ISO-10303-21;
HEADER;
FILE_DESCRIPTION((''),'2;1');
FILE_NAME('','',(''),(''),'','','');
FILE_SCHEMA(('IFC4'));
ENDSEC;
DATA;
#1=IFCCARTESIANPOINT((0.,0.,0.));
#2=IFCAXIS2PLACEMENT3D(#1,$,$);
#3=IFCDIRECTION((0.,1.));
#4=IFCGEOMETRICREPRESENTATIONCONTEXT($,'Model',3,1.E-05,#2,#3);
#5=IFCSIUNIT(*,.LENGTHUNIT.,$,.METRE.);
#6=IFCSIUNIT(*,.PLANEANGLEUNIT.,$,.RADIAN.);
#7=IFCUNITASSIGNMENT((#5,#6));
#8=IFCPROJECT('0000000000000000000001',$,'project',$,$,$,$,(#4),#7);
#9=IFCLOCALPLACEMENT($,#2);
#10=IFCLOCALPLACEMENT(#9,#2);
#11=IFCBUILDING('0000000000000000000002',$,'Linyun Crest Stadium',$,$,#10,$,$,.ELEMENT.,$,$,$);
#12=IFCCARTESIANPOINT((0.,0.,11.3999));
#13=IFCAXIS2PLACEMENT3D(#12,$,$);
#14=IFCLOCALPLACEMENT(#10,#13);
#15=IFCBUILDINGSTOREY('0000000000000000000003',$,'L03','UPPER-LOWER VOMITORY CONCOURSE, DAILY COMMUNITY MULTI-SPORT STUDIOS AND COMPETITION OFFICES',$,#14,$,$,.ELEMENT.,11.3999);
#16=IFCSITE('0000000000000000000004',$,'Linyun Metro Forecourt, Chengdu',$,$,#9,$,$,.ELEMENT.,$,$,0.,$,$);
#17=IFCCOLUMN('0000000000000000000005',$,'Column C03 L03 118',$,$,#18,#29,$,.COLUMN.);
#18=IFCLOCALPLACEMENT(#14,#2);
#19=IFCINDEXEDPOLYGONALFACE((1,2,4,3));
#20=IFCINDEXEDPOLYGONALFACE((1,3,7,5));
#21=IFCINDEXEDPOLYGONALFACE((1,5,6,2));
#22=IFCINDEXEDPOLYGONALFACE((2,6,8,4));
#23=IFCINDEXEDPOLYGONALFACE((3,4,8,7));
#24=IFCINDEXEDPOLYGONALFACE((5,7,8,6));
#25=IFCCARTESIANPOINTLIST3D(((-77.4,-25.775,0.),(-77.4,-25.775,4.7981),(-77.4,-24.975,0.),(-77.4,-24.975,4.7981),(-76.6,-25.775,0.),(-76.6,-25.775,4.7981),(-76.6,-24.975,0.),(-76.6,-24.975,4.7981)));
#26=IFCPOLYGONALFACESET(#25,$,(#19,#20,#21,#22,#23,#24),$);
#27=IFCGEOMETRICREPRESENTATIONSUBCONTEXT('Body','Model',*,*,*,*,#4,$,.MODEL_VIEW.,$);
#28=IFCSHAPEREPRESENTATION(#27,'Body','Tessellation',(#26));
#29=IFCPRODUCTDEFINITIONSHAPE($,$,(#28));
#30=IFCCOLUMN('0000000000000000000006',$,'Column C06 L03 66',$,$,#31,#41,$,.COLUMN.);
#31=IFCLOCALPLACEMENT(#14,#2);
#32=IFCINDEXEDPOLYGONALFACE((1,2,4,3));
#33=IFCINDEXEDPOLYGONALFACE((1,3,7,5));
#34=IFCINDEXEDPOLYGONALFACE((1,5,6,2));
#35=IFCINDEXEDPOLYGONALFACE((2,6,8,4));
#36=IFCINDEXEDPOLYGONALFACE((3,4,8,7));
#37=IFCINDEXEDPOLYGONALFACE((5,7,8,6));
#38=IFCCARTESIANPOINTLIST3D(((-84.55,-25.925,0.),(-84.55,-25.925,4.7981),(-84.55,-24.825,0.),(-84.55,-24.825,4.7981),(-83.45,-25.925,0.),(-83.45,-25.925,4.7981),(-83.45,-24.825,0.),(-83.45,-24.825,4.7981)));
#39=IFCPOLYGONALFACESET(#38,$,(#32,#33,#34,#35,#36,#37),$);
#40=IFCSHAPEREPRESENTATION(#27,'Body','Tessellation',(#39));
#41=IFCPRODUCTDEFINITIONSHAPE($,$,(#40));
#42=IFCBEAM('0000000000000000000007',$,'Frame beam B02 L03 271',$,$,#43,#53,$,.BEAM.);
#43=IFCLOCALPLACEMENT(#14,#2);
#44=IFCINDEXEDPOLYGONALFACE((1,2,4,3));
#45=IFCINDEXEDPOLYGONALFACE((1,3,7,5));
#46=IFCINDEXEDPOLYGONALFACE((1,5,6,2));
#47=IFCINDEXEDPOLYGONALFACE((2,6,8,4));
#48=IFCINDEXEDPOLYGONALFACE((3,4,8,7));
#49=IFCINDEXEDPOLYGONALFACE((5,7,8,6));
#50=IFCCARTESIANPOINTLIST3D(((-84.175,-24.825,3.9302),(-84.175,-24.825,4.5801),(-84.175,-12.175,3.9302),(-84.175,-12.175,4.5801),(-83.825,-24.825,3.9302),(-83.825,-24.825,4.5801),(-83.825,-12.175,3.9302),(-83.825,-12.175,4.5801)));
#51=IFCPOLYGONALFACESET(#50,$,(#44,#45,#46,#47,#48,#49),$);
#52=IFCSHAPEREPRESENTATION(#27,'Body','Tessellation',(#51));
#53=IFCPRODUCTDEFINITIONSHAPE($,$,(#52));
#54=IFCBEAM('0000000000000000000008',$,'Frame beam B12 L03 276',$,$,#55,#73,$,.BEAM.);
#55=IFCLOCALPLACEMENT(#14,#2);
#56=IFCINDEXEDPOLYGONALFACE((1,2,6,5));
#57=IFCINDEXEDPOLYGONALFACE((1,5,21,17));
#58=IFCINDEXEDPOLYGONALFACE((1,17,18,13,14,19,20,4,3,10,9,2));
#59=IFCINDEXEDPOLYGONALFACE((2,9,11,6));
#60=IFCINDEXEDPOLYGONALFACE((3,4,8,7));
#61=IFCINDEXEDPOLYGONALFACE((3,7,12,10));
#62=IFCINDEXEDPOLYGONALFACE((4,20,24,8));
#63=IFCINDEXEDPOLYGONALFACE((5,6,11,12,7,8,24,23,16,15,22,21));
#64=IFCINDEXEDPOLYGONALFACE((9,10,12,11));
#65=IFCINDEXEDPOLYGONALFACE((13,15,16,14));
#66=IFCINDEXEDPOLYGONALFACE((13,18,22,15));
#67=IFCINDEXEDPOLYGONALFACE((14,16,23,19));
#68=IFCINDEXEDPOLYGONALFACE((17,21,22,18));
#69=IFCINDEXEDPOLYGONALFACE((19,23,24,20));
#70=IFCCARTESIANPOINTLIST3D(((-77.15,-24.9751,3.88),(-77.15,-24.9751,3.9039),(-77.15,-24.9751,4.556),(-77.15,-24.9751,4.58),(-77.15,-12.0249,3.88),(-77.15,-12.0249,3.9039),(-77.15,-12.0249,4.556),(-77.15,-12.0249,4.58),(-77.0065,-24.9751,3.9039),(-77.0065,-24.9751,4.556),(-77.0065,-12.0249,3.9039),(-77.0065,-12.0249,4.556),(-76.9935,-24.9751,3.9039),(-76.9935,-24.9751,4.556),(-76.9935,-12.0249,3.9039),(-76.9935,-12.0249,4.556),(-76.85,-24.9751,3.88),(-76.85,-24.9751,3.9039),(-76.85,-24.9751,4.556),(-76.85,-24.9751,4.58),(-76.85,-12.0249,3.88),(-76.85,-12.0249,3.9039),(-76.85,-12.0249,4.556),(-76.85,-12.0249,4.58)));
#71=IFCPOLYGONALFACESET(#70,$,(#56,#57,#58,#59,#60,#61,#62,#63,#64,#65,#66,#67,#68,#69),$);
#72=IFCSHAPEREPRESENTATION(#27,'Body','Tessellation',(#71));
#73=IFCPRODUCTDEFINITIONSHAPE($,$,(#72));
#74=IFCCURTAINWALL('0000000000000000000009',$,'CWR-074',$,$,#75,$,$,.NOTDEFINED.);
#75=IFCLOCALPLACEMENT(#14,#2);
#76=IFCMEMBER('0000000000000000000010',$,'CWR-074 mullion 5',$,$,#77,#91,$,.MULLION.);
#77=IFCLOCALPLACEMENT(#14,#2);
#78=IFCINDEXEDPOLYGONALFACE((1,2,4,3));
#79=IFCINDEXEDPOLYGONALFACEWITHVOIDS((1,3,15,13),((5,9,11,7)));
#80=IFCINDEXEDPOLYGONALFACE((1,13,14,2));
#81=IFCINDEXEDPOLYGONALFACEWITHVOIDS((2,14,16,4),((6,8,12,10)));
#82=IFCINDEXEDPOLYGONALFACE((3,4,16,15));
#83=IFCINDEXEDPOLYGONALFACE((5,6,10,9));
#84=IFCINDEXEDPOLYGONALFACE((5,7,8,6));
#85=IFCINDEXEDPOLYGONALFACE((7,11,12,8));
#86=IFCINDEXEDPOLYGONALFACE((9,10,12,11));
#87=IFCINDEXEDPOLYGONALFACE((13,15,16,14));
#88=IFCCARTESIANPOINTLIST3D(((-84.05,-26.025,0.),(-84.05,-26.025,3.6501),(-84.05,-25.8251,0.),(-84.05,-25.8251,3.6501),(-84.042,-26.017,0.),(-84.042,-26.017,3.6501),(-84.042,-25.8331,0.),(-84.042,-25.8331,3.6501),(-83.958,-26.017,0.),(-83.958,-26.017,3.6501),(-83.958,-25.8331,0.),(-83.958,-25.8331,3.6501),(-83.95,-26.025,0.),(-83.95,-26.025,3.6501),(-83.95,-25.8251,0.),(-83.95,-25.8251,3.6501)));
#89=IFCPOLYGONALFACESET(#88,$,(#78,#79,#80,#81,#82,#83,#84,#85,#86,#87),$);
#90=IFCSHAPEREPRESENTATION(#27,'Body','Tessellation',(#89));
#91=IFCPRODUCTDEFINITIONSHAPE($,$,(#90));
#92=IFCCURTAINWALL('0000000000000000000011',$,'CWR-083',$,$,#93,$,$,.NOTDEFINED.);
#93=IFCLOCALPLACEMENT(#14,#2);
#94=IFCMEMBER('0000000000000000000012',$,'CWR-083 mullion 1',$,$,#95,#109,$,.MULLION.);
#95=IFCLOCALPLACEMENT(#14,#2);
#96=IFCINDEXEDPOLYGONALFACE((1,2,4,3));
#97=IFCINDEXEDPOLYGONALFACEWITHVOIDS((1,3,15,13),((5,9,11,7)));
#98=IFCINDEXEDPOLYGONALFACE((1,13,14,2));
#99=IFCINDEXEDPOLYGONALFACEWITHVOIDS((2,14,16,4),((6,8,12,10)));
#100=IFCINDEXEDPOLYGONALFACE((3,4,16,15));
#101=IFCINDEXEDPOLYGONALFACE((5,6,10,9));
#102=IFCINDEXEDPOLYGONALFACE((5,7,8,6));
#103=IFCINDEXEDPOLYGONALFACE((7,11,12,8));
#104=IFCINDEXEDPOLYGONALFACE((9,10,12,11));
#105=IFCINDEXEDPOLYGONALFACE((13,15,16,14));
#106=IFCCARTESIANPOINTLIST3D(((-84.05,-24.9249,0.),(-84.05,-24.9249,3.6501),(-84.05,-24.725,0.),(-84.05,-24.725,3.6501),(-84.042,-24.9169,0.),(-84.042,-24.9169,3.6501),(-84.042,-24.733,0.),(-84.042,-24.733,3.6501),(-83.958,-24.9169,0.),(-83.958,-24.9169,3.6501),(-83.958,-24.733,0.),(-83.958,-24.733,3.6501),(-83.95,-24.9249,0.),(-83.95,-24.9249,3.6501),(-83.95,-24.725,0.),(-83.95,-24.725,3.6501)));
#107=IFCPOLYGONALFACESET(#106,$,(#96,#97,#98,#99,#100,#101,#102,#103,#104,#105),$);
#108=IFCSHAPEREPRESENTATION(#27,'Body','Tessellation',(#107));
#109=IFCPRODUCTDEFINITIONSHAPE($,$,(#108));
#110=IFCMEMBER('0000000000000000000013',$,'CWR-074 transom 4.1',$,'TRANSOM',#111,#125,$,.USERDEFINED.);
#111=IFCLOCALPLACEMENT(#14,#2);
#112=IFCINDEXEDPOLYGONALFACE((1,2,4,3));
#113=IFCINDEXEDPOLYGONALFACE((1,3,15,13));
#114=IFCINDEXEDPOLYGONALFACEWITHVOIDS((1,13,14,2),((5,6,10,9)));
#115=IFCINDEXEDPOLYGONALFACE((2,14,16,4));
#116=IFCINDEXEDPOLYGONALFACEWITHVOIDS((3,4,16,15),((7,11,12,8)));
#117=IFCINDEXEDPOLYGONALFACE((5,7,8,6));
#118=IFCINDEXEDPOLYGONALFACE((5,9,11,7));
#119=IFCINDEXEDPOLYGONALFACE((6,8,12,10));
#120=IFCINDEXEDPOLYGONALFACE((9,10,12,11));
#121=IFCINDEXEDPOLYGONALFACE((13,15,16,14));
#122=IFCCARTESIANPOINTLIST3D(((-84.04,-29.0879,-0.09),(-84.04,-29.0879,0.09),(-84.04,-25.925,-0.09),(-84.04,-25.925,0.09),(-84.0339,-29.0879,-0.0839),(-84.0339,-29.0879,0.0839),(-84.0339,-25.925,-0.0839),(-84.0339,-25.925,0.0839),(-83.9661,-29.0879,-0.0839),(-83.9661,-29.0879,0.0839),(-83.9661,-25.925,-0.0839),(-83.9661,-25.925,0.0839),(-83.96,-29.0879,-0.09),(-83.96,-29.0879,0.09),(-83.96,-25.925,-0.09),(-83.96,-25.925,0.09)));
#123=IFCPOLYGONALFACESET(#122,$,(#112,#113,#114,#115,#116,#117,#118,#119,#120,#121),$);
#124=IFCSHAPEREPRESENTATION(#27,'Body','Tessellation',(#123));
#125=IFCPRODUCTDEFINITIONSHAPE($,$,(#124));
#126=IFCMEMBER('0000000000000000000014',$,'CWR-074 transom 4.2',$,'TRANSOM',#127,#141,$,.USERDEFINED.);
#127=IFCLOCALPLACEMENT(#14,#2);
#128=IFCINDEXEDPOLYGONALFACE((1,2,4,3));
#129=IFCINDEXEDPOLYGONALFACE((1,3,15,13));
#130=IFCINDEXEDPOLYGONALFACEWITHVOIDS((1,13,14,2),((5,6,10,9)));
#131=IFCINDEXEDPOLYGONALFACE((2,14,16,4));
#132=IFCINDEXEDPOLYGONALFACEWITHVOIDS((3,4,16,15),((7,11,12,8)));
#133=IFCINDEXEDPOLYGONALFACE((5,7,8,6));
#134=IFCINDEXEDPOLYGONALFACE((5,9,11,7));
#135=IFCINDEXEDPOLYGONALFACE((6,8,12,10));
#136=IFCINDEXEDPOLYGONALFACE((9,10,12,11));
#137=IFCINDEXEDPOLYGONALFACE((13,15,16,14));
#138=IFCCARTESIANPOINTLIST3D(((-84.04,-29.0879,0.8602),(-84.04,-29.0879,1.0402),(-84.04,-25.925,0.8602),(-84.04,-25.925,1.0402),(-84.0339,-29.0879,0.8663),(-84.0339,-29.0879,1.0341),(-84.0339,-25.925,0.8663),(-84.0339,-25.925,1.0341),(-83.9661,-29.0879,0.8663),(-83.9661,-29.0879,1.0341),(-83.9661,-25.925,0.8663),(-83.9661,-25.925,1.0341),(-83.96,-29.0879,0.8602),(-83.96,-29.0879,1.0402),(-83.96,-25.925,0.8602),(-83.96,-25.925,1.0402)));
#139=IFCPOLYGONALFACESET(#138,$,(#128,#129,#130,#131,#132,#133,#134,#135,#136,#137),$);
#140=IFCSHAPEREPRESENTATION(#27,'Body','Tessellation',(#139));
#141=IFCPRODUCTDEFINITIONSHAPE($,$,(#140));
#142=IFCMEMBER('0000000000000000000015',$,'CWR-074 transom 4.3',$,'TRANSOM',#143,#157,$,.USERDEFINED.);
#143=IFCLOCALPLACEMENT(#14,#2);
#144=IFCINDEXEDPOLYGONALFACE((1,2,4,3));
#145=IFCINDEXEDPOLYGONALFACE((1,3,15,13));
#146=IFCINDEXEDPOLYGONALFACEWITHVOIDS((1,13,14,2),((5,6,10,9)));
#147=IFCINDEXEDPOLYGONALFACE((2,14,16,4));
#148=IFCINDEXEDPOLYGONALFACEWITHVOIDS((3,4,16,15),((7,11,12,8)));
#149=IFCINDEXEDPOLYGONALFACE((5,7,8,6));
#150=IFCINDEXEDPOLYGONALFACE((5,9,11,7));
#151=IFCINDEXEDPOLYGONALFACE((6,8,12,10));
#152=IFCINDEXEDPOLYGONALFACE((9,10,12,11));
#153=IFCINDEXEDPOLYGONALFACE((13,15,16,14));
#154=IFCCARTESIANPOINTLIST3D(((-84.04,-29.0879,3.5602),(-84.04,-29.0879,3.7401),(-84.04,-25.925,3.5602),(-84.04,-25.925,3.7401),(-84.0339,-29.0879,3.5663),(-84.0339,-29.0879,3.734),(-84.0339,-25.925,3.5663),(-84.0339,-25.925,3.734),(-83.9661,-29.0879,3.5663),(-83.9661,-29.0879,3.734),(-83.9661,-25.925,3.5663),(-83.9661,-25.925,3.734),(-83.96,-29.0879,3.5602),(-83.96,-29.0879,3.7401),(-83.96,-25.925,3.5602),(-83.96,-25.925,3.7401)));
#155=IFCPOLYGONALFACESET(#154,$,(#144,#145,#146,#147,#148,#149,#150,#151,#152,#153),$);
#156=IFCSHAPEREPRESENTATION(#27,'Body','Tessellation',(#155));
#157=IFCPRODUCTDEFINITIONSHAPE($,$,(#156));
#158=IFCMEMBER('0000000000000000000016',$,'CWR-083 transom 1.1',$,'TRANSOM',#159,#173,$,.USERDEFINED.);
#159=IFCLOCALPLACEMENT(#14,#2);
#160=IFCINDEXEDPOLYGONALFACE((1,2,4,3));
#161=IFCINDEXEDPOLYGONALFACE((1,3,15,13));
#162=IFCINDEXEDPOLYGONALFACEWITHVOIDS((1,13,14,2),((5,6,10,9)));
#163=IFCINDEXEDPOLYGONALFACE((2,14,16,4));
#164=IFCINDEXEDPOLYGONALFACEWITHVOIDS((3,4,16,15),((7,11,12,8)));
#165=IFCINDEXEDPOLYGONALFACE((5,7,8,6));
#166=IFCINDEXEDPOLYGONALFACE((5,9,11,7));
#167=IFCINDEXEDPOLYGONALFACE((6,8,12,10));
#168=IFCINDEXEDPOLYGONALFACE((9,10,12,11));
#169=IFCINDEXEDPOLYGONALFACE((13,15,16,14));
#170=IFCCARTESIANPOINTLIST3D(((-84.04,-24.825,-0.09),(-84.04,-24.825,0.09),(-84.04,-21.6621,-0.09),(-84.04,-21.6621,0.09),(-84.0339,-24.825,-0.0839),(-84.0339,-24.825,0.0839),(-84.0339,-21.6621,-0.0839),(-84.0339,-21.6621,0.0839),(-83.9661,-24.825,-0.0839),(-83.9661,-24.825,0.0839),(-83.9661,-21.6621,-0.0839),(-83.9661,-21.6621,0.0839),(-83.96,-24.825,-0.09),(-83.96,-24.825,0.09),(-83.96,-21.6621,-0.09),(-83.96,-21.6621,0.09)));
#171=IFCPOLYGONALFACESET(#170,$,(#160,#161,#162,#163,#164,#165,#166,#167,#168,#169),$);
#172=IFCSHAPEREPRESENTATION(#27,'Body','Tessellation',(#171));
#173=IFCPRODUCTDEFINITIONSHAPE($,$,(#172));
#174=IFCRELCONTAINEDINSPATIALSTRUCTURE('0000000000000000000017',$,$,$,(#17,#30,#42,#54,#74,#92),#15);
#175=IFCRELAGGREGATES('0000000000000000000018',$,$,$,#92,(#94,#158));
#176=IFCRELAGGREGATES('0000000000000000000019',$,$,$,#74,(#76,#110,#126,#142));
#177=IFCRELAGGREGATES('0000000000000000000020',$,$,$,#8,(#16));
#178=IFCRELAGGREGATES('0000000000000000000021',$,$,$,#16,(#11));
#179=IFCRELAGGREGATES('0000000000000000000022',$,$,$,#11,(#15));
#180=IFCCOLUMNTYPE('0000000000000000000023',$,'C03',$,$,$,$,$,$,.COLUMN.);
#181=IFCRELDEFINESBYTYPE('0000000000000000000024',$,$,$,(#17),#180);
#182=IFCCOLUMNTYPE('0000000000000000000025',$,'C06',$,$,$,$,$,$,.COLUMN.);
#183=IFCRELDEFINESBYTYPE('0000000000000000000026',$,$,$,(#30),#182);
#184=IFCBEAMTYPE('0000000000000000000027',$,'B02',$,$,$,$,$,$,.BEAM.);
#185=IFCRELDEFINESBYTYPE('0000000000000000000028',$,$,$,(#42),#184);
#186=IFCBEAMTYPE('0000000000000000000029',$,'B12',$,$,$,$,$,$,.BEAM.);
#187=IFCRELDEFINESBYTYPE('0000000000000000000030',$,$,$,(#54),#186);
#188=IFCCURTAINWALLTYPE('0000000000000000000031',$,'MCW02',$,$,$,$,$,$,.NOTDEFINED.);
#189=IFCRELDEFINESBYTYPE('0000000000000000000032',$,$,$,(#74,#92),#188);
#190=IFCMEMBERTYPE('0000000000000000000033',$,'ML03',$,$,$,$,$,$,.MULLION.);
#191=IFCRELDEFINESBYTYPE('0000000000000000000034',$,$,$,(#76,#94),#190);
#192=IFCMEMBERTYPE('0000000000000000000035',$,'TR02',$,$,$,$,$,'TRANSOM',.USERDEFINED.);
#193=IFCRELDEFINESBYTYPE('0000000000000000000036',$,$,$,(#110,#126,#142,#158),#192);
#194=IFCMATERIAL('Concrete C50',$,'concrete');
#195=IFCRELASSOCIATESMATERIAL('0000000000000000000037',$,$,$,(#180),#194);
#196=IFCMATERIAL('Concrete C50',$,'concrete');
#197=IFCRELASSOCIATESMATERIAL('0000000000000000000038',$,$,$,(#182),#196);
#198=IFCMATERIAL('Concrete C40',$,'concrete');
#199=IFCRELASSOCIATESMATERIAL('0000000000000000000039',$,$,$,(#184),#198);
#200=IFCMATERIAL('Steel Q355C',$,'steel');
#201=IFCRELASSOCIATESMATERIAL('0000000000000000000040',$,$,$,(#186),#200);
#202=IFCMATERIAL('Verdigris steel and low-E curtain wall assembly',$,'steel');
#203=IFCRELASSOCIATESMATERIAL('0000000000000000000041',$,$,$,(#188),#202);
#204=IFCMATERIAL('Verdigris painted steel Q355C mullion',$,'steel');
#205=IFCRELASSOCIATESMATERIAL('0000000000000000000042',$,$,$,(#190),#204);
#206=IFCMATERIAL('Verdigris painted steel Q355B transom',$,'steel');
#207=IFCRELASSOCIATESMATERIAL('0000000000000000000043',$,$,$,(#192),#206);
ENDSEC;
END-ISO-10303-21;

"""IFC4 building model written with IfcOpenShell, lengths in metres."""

from ifc_helpers import new_model, si_unit, direction, frame, origin, origin_2d, place, context, subcontext, project, spatial, rectangle, hollow_rectangle, i_section, extrude, material, material_profile, profile_set, type_object, element, aggregate, save


model = new_model("IFC4")

# Units and contexts
model_context = context("Model", 3, precision=1e-05, world=origin(), true_north=direction((0.0, 1.0)))
body_context = subcontext(model_context, "Body", "Model", "MODEL_VIEW")
ifc_project = project(units=[si_unit("LENGTHUNIT", "METRE"), si_unit("PLANEANGLEUNIT", "RADIAN")], contexts=[model_context])

# Site, building, storey
site_placement = place(None, origin())
site = spatial("IfcSite", under=ifc_project, at=site_placement, Name="Linyun Metro Forecourt, Chengdu", CompositionType="ELEMENT", RefElevation=0.0)
building_placement = place(site_placement, origin())
building = spatial("IfcBuilding", under=site, at=building_placement, Name="Linyun Crest Stadium", CompositionType="ELEMENT")
storey_placement = place(building_placement, frame((0.0, 0.0, 11.3999)))
storey = spatial("IfcBuildingStorey", under=building, at=storey_placement, Name="L03", Description="UPPER-LOWER VOMITORY CONCOURSE, DAILY COMMUNITY MULTI-SPORT STUDIOS AND COMPETITION OFFICES", CompositionType="ELEMENT", Elevation=11.3999)

# Columns
ifc_material_1 = material(Name="Concrete C50", Category="concrete")
ifc_material_profile_1 = material_profile(ifc_material_1, rectangle(XDim=0.8, YDim=0.8, at=origin_2d()), Name="RC 800x800")
ifc_profile_set_1 = profile_set([ifc_material_profile_1], Name="Concrete C50")
column_type_1 = type_object("IfcColumnType", Name="C03", PredefinedType="COLUMN", material=ifc_profile_set_1)
column_1_placement = place(storey_placement, frame((-77.0, -25.375, 0.0), z_axis=(0.0, 0.0, 1.0), x_axis=(1.0, 0.0, 0.0)))
element("IfcColumn", 1, at=column_1_placement, inside=storey, type_object=column_type_1, Name="Column C03 L03 118", PredefinedType="COLUMN", context=body_context, shape_type="SweptSolid", body=[
    extrude(rectangle(XDim=0.8, YDim=0.8, at=origin_2d()), origin(), (0.0, 0.0, 1.0), 4.7981),
])
ifc_material_2 = material(Name="Concrete C50", Category="concrete")
ifc_material_profile_2 = material_profile(ifc_material_2, rectangle(XDim=1.1001, YDim=1.1001, at=origin_2d()), Name="RC 1100x1100")
ifc_profile_set_2 = profile_set([ifc_material_profile_2], Name="Concrete C50")
column_type_2 = type_object("IfcColumnType", Name="C06", PredefinedType="COLUMN", material=ifc_profile_set_2)
column_2_placement = place(storey_placement, frame((-84.0, -25.375, 0.0), z_axis=(0.0, 0.0, 1.0), x_axis=(1.0, 0.0, 0.0)))
element("IfcColumn", 2, at=column_2_placement, inside=storey, type_object=column_type_2, Name="Column C06 L03 66", PredefinedType="COLUMN", context=body_context, shape_type="SweptSolid", body=[
    extrude(rectangle(XDim=1.1001, YDim=1.1001, at=origin_2d()), origin(), (0.0, 0.0, 1.0), 4.7981),
])

# Beams
ifc_material_3 = material(Name="Concrete C40", Category="concrete")
ifc_material_profile_3 = material_profile(ifc_material_3, rectangle(XDim=0.3501, YDim=0.6499, at=origin_2d()), Name="RCB 650x350")
ifc_profile_set_3 = profile_set([ifc_material_profile_3], Name="Concrete C40")
beam_type_1 = type_object("IfcBeamType", Name="B02", PredefinedType="BEAM", material=ifc_profile_set_3)
beam_1_placement = place(storey_placement, frame((-84.0, -24.825, 4.2551), z_axis=(0.0, 1.0, 0.0), x_axis=(-1.0, 0.0, 0.0)))
element("IfcBeam", 3, at=beam_1_placement, inside=storey, type_object=beam_type_1, Name="Frame beam B02 L03 271", PredefinedType="BEAM", context=body_context, shape_type="SweptSolid", body=[
    extrude(rectangle(XDim=0.3501, YDim=0.6499, at=origin_2d()), origin(), (0.0, 0.0, 1.0), 12.6499),
])
ifc_material_4 = material(Name="Steel Q355C", Category="steel")
ifc_material_profile_4 = material_profile(ifc_material_4, i_section(OverallWidth=0.3, OverallDepth=0.7, WebThickness=0.0129, FlangeThickness=0.0239, at=origin_2d()), Name="HN 700x300")
ifc_profile_set_4 = profile_set([ifc_material_profile_4], Name="Steel Q355C")
beam_type_2 = type_object("IfcBeamType", Name="B12", PredefinedType="BEAM", material=ifc_profile_set_4)
beam_2_placement = place(storey_placement, frame((-77.0, -24.9751, 4.23), z_axis=(0.0, 1.0, 0.0), x_axis=(-1.0, 0.0, 0.0)))
element("IfcBeam", 4, at=beam_2_placement, inside=storey, type_object=beam_type_2, Name="Frame beam B12 L03 276", PredefinedType="BEAM", context=body_context, shape_type="SweptSolid", body=[
    extrude(i_section(OverallWidth=0.3, OverallDepth=0.7, WebThickness=0.0129, FlangeThickness=0.0239, at=origin_2d()), origin(), (0.0, 0.0, 1.0), 12.9502),
])

# Curtain walls, members
ifc_material_5 = material(Name="Verdigris steel and low-E curtain wall assembly", Category="steel")
curtain_wall_type = type_object("IfcCurtainWallType", Name="MCW02", PredefinedType="NOTDEFINED", material=ifc_material_5)
curtain_wall_1_placement = place(storey_placement, origin())
curtain_wall_1 = element("IfcCurtainWall", 5, at=curtain_wall_1_placement, inside=storey, type_object=curtain_wall_type, Name="CWR-074", PredefinedType="NOTDEFINED")
ifc_material_6 = material(Name="Verdigris painted steel Q355C mullion", Category="steel")
ifc_material_profile_5 = material_profile(ifc_material_6, hollow_rectangle(XDim=0.1001, YDim=0.2, WallThickness=0.0081, at=origin_2d()), Name="RHS 200x100x8")
ifc_profile_set_5 = profile_set([ifc_material_profile_5], Name="Verdigris painted steel Q355C mullion")
member_type_1 = type_object("IfcMemberType", Name="ML03", PredefinedType="MULLION", material=ifc_profile_set_5)
member_1_placement = place(storey_placement, frame((-84.0, -25.925, 0.0), z_axis=(0.0, 0.0, 1.0), x_axis=(-1.0, 0.0, 0.0)))
member_1 = element("IfcMember", 6, at=member_1_placement, type_object=member_type_1, Name="CWR-074 mullion 5", PredefinedType="MULLION", context=body_context, shape_type="SweptSolid", body=[
    extrude(hollow_rectangle(XDim=0.1001, YDim=0.2, WallThickness=0.0081, at=origin_2d()), origin(), (0.0, 0.0, 1.0), 3.6501),
])
curtain_wall_2_placement = place(storey_placement, origin())
curtain_wall_2 = element("IfcCurtainWall", 7, at=curtain_wall_2_placement, inside=storey, type_object=curtain_wall_type, Name="CWR-083", PredefinedType="NOTDEFINED")
member_2_placement = place(storey_placement, frame((-84.0, -24.825, 0.0), z_axis=(0.0, 0.0, 1.0), x_axis=(-1.0, 0.0, 0.0)))
member_2 = element("IfcMember", 8, at=member_2_placement, type_object=member_type_1, Name="CWR-083 mullion 1", PredefinedType="MULLION", context=body_context, shape_type="SweptSolid", body=[
    extrude(hollow_rectangle(XDim=0.1001, YDim=0.2, WallThickness=0.0081, at=origin_2d()), origin(), (0.0, 0.0, 1.0), 3.6501),
])

# Members
ifc_material_7 = material(Name="Verdigris painted steel Q355B transom", Category="steel")
ifc_material_profile_6 = material_profile(ifc_material_7, hollow_rectangle(XDim=0.0801, YDim=0.1799, WallThickness=0.0061, at=origin_2d()), Name="RHS 180x80x6")
ifc_profile_set_6 = profile_set([ifc_material_profile_6], Name="Verdigris painted steel Q355B transom")
member_type_2 = type_object("IfcMemberType", Name="TR02", ElementType="TRANSOM", PredefinedType="USERDEFINED", material=ifc_profile_set_6)
member_3_placement = place(storey_placement, frame((-84.0, -29.0879, 0.0), z_axis=(0.0, 1.0, 0.0), x_axis=(-1.0, 0.0, 0.0)))
member_3 = element("IfcMember", 9, at=member_3_placement, type_object=member_type_2, Name="CWR-074 transom 4.1", ObjectType="TRANSOM", PredefinedType="USERDEFINED", context=body_context, shape_type="SweptSolid", body=[
    extrude(hollow_rectangle(XDim=0.0801, YDim=0.1799, WallThickness=0.0061, at=origin_2d()), origin(), (0.0, 0.0, 1.0), 3.1628),
])
member_4_placement = place(storey_placement, frame((-84.0, -29.0879, 0.9502), z_axis=(0.0, 1.0, 0.0), x_axis=(-1.0, 0.0, 0.0)))
member_4 = element("IfcMember", 10, at=member_4_placement, type_object=member_type_2, Name="CWR-074 transom 4.2", ObjectType="TRANSOM", PredefinedType="USERDEFINED", context=body_context, shape_type="SweptSolid", body=[
    extrude(hollow_rectangle(XDim=0.0801, YDim=0.1799, WallThickness=0.0061, at=origin_2d()), origin(), (0.0, 0.0, 1.0), 3.1628),
])
member_5_placement = place(storey_placement, frame((-84.0, -29.0879, 3.6501), z_axis=(0.0, 1.0, 0.0), x_axis=(-1.0, 0.0, 0.0)))
member_5 = element("IfcMember", 11, at=member_5_placement, type_object=member_type_2, Name="CWR-074 transom 4.3", ObjectType="TRANSOM", PredefinedType="USERDEFINED", context=body_context, shape_type="SweptSolid", body=[
    extrude(hollow_rectangle(XDim=0.0801, YDim=0.1799, WallThickness=0.0061, at=origin_2d()), origin(), (0.0, 0.0, 1.0), 3.1628),
])
member_6_placement = place(storey_placement, frame((-84.0, -24.825, 0.0), z_axis=(0.0, 1.0, 0.0), x_axis=(-1.0, 0.0, 0.0)))
member_6 = element("IfcMember", 12, at=member_6_placement, type_object=member_type_2, Name="CWR-083 transom 1.1", ObjectType="TRANSOM", PredefinedType="USERDEFINED", context=body_context, shape_type="SweptSolid", body=[
    extrude(hollow_rectangle(XDim=0.0801, YDim=0.1799, WallThickness=0.0061, at=origin_2d()), origin(), (0.0, 0.0, 1.0), 3.1628),
])
aggregate(curtain_wall_2, [member_2, member_6])

aggregate(curtain_wall_1, [member_1, member_3, member_4, member_5])

save(model, "model.ifc")
